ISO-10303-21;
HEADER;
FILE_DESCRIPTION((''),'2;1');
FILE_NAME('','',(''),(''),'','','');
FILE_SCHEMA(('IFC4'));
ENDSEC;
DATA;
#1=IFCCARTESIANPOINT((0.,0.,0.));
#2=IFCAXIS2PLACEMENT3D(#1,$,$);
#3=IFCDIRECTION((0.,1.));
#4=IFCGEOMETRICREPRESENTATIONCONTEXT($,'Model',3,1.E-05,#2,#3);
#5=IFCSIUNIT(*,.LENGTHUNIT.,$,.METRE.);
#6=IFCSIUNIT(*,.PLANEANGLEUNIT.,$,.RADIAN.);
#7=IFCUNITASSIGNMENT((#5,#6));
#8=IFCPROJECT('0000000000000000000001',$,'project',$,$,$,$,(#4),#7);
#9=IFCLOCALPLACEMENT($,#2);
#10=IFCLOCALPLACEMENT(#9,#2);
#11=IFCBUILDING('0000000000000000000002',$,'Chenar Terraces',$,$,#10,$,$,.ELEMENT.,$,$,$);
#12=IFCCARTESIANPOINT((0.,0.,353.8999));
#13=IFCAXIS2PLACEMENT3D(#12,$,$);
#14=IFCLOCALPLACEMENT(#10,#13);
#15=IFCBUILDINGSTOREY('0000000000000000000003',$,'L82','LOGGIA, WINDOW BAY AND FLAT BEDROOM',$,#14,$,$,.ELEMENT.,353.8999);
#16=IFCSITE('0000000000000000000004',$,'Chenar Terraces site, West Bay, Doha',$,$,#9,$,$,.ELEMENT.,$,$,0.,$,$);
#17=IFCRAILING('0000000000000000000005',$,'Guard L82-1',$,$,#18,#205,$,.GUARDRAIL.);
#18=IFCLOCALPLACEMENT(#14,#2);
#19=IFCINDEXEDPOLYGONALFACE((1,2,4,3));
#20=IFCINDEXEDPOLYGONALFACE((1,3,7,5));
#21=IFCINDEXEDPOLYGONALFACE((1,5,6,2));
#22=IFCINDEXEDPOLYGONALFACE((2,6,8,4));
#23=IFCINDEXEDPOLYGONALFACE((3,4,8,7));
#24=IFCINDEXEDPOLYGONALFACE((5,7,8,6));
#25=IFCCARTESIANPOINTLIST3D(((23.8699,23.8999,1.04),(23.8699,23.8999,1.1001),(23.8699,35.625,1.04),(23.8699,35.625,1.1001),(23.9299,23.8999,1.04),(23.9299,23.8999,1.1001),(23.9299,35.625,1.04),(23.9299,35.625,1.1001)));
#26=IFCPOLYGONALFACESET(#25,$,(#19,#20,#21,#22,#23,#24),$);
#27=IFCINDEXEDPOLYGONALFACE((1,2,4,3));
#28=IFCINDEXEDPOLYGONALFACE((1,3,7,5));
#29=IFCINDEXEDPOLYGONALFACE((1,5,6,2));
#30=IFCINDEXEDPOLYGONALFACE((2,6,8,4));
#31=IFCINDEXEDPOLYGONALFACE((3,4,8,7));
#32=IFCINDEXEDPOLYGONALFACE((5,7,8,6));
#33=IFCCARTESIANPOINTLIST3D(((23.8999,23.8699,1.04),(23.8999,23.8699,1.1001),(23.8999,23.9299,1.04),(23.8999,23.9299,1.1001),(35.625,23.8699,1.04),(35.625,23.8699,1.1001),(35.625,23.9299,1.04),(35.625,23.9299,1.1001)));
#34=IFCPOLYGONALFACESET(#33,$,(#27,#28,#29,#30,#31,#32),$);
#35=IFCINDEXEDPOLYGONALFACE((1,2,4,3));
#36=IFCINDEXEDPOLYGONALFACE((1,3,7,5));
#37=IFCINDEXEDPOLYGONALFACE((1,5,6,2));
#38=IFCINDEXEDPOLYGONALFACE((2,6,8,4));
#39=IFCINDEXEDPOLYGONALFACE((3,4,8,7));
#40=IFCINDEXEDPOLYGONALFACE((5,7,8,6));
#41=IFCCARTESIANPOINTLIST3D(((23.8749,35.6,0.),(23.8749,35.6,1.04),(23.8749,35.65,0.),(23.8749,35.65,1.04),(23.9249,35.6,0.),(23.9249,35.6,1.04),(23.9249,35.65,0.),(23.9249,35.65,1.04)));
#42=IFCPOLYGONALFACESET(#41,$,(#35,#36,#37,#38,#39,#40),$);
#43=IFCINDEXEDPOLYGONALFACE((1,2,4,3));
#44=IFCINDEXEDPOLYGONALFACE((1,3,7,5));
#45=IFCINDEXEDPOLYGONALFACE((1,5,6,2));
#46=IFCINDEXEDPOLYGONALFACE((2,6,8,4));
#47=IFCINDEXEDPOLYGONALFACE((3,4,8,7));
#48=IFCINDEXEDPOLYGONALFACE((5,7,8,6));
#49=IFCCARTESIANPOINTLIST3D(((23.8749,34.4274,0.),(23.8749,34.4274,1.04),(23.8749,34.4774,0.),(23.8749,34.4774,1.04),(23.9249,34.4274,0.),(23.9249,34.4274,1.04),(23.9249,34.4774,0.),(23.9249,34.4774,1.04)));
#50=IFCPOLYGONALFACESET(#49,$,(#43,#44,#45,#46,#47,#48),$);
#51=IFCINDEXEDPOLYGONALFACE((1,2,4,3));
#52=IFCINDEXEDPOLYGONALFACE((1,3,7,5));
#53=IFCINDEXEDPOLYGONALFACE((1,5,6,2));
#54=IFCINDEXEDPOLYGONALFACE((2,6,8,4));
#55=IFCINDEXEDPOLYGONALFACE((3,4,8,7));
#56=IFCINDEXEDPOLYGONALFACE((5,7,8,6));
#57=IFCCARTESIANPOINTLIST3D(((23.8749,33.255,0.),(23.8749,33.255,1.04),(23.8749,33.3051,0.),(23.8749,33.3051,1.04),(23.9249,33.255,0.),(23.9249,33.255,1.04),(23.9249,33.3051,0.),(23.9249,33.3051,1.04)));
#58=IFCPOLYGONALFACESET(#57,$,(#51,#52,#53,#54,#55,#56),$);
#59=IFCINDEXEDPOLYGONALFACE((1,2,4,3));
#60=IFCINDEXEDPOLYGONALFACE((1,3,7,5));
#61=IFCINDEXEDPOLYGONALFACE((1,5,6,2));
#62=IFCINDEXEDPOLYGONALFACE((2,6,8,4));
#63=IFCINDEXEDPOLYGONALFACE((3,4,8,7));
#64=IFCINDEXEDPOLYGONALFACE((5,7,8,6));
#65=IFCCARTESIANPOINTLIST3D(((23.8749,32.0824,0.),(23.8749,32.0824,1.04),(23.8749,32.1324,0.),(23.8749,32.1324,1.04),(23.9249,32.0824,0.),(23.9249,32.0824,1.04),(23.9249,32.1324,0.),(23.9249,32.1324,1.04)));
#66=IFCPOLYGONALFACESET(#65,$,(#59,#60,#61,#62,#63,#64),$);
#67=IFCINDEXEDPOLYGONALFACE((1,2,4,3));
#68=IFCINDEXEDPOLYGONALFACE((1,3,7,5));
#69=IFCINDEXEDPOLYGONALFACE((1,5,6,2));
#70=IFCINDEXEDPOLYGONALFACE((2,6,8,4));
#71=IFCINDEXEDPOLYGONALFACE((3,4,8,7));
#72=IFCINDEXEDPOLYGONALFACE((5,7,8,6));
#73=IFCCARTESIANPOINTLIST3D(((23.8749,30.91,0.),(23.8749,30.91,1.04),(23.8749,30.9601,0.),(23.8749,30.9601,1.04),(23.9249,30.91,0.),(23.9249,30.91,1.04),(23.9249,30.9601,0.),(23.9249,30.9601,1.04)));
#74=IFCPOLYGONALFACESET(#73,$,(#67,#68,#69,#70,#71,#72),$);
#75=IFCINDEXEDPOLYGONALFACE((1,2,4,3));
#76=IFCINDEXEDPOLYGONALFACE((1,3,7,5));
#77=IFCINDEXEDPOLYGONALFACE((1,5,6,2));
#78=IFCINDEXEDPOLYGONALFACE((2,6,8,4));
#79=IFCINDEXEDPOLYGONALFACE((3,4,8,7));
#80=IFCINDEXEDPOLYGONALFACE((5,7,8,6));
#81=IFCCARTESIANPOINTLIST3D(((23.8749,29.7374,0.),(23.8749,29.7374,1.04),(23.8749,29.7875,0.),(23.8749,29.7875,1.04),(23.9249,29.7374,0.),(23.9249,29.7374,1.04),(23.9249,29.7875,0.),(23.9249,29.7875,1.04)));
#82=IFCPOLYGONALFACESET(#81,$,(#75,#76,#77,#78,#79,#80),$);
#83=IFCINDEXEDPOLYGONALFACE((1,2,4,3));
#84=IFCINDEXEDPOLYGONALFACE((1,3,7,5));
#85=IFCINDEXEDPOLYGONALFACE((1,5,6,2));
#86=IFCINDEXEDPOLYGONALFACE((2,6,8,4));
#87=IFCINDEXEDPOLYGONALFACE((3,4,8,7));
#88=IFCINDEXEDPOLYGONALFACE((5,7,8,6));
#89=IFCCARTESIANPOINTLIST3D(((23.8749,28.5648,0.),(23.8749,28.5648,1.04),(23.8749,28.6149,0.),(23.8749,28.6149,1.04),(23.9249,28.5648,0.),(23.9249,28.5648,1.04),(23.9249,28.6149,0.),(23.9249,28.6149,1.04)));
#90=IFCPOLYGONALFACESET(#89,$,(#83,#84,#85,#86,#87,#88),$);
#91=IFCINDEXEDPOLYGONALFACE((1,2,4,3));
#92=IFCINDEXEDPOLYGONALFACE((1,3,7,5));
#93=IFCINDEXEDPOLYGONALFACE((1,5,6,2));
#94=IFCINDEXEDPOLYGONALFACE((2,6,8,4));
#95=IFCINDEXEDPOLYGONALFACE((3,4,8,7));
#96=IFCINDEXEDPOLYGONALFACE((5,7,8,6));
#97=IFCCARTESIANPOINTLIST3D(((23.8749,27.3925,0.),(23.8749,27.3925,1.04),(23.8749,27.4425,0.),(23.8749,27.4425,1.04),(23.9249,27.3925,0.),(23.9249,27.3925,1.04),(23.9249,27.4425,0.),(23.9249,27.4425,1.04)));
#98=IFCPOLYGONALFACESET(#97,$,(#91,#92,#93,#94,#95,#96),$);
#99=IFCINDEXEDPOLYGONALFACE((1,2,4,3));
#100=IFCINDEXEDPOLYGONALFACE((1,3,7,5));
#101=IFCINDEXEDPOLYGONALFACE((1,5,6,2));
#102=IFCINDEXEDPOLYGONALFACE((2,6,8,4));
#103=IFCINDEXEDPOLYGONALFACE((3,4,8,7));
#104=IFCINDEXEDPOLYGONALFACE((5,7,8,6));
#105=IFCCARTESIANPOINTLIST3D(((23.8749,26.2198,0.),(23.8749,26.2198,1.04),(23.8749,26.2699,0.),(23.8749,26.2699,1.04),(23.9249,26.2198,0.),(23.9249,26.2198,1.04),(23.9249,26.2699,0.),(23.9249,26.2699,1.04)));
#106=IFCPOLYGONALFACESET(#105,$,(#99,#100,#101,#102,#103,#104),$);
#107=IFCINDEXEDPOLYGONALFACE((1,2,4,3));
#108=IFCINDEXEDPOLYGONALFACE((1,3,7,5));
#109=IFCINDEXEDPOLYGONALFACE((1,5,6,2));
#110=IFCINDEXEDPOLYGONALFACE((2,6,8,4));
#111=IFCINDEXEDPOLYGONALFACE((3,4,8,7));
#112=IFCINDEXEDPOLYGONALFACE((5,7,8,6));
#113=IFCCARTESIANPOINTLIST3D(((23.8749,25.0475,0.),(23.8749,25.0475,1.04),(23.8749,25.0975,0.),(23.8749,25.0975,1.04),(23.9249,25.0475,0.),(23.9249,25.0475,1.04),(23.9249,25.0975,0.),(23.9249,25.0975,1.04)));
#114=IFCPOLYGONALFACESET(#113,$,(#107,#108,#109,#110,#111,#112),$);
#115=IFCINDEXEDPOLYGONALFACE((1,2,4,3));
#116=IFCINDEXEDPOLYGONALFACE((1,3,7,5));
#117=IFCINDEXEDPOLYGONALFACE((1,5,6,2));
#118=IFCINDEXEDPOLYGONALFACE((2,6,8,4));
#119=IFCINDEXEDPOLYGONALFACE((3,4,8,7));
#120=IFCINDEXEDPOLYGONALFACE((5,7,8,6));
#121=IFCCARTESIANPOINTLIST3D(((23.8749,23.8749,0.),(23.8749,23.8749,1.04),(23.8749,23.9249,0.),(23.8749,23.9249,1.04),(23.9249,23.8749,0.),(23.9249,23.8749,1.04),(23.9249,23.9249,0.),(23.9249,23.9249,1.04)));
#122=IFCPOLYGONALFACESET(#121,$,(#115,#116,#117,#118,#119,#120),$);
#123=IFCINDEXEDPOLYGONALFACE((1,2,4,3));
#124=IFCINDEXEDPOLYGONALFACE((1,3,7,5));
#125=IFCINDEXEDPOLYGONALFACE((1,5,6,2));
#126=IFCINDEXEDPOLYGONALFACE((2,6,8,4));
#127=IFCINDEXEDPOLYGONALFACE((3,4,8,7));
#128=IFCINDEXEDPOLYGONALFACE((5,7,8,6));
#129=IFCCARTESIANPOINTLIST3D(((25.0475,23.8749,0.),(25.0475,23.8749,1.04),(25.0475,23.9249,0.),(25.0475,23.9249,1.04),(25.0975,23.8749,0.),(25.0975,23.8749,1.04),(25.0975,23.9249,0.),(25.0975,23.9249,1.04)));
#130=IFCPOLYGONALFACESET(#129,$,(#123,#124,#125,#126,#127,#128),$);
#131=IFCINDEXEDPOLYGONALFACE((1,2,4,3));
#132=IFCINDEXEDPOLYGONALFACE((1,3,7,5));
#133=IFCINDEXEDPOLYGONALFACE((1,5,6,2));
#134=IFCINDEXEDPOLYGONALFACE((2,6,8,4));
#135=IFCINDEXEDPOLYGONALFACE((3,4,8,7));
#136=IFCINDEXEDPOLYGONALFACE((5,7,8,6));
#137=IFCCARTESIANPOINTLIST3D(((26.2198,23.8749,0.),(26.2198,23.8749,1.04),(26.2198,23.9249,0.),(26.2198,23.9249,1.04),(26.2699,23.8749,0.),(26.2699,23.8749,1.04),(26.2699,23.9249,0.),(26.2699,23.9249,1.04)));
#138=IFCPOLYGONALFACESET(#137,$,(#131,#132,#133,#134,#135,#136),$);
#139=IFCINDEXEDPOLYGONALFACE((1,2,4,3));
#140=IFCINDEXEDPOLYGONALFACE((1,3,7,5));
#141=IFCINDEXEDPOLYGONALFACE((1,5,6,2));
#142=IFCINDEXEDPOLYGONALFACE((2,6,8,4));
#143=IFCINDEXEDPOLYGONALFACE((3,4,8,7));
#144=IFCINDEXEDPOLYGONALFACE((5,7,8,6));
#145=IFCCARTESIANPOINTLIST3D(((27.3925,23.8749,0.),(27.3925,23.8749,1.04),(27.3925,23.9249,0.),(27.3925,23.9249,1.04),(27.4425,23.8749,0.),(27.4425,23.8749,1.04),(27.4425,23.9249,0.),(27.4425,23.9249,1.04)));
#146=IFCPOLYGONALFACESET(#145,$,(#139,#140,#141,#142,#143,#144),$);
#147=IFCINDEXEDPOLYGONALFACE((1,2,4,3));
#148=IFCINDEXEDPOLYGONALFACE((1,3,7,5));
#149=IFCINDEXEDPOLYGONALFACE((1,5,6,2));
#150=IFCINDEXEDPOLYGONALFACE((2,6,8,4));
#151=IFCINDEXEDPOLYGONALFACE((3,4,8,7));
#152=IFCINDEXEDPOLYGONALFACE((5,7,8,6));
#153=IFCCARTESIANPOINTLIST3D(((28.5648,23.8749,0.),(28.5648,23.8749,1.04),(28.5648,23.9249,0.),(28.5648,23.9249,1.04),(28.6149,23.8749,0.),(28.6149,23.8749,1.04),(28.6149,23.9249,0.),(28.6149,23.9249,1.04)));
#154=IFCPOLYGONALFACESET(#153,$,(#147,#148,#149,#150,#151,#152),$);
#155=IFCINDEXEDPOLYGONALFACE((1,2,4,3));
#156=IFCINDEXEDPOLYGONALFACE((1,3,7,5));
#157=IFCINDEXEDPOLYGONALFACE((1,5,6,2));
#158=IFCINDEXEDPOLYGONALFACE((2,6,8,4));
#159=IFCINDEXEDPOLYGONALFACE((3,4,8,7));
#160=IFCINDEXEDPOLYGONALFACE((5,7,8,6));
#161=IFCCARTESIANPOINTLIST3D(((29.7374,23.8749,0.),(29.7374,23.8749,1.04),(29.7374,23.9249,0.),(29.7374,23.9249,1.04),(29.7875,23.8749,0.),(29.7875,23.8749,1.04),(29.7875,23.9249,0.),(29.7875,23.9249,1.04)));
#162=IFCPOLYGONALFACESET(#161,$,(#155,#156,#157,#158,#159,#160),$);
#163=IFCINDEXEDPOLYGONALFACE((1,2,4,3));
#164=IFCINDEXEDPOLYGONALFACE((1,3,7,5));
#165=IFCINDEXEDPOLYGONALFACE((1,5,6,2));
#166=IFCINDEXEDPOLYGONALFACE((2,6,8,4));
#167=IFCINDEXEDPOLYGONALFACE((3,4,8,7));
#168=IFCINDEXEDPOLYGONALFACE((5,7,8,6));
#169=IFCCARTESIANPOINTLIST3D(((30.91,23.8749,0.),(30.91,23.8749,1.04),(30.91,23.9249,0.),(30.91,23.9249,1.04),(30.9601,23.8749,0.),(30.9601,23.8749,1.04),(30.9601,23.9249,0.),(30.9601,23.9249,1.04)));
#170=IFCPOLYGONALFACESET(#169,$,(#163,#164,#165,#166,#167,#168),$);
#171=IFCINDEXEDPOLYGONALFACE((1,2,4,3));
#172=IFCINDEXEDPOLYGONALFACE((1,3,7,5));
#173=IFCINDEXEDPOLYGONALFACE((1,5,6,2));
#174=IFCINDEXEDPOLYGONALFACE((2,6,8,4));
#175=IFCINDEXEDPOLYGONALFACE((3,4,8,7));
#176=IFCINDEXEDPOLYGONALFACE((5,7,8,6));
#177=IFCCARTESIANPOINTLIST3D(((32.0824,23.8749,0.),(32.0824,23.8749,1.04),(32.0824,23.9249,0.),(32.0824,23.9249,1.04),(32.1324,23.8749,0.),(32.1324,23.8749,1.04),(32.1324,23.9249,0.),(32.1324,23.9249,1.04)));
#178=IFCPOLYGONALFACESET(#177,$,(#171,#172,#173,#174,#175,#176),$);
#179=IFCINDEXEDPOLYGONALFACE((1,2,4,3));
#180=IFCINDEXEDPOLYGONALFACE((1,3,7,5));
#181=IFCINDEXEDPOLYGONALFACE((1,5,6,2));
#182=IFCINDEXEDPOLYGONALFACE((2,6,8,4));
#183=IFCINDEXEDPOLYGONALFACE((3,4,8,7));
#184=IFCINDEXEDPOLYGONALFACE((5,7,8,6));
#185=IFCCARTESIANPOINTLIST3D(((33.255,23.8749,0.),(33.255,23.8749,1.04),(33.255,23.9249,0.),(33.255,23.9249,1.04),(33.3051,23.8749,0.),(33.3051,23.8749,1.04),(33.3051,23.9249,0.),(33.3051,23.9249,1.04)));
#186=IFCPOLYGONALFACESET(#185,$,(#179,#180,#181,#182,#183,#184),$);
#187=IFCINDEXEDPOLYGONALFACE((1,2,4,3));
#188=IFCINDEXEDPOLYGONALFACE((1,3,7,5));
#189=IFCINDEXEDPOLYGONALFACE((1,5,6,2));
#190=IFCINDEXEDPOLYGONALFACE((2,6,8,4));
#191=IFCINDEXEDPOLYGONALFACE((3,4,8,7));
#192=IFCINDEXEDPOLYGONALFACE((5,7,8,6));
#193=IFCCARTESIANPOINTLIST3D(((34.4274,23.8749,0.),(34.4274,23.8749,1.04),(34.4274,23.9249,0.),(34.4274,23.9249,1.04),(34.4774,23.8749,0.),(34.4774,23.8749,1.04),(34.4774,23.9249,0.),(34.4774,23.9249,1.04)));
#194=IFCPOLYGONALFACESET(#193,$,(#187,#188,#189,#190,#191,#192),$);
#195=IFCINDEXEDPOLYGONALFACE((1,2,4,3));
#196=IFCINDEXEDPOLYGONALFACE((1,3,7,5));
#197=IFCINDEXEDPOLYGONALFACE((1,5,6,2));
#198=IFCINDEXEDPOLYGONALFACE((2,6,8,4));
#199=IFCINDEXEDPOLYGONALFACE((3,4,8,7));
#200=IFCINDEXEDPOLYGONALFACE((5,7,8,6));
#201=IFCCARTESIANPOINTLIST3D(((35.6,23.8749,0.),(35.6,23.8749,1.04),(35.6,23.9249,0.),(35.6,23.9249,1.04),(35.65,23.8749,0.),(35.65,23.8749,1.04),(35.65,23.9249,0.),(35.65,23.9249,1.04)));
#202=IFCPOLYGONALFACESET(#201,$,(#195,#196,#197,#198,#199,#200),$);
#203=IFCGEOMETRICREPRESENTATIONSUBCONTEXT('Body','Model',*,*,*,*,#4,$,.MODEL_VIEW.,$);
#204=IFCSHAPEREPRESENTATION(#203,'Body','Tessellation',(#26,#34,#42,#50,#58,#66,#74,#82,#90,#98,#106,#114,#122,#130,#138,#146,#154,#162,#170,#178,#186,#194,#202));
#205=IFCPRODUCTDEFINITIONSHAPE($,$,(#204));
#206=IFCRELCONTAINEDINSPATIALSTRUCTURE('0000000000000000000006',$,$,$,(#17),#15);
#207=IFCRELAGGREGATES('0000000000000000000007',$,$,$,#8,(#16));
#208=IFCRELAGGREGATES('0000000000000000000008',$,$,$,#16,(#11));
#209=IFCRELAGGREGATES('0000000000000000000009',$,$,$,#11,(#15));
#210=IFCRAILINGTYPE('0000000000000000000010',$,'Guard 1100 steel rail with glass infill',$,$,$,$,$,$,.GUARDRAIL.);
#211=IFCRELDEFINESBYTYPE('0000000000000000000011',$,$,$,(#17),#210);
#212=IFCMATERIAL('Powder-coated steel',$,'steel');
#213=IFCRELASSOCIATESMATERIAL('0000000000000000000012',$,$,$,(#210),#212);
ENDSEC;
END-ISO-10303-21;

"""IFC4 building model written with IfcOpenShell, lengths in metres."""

from ifc_helpers import new_model, si_unit, direction, frame, origin, origin_2d, place, context, subcontext, project, spatial, rectangle, extrude, material, type_object, element, save


model = new_model("IFC4")

# Units and contexts
model_context = context("Model", 3, precision=1e-05, world=origin(), true_north=direction((0.0, 1.0)))
body_context = subcontext(model_context, "Body", "Model", "MODEL_VIEW")
ifc_project = project(units=[si_unit("LENGTHUNIT", "METRE"), si_unit("PLANEANGLEUNIT", "RADIAN")], contexts=[model_context])

# Site, building, storey
site_placement = place(None, origin())
site = spatial("IfcSite", under=ifc_project, at=site_placement, Name="Chenar Terraces site, West Bay, Doha", CompositionType="ELEMENT", RefElevation=0.0)
building_placement = place(site_placement, origin())
building = spatial("IfcBuilding", under=site, at=building_placement, Name="Chenar Terraces", CompositionType="ELEMENT")
storey_placement = place(building_placement, frame((0.0, 0.0, 353.8999)))
storey = spatial("IfcBuildingStorey", under=building, at=storey_placement, Name="L82", Description="LOGGIA, WINDOW BAY AND FLAT BEDROOM", CompositionType="ELEMENT", Elevation=353.8999)

# Railing
ifc_material_1 = material(Name="Powder-coated steel", Category="steel")
railing_type = type_object("IfcRailingType", Name="Guard 1100 steel rail with glass infill", PredefinedType="GUARDRAIL", material=ifc_material_1)
railing_placement = place(storey_placement, frame((23.8999, 35.625, 0.0)))
element("IfcRailing", 1, at=railing_placement, inside=storey, type_object=railing_type, Name="Guard L82-1", PredefinedType="GUARDRAIL", context=body_context, shape_type="SweptSolid", body=[
    extrude(rectangle(XDim=0.0601, YDim=0.0601, at=origin_2d()), frame((0.0, 0.0, 1.0701), z_axis=(0.0, -1.0, 0.0), x_axis=(1.0, 0.0, 0.0)), (0.0, 0.0, 1.0), 11.7251),
    extrude(rectangle(XDim=0.0601, YDim=0.0601, at=origin_2d()), frame((0.0, -11.7251, 1.0701), z_axis=(1.0, 0.0, 0.0), x_axis=(0.0, 1.0, 0.0)), (0.0, 0.0, 1.0), 11.7251),
    extrude(rectangle(XDim=0.05, YDim=0.05, at=origin_2d()), origin(), (0.0, 0.0, 1.0), 1.04),
    extrude(rectangle(XDim=0.05, YDim=0.05, at=origin_2d()), frame((0.0, -1.1726, 0.0)), (0.0, 0.0, 1.0), 1.04),
    extrude(rectangle(XDim=0.05, YDim=0.05, at=origin_2d()), frame((0.0, -2.345, 0.0)), (0.0, 0.0, 1.0), 1.04),
    extrude(rectangle(XDim=0.05, YDim=0.05, at=origin_2d()), frame((0.0, -3.5176, 0.0)), (0.0, 0.0, 1.0), 1.04),
    extrude(rectangle(XDim=0.05, YDim=0.05, at=origin_2d()), frame((0.0, -4.6899, 0.0)), (0.0, 0.0, 1.0), 1.04),
    extrude(rectangle(XDim=0.05, YDim=0.05, at=origin_2d()), frame((0.0, -5.8625, 0.0)), (0.0, 0.0, 1.0), 1.04),
    extrude(rectangle(XDim=0.05, YDim=0.05, at=origin_2d()), frame((0.0, -7.0352, 0.0)), (0.0, 0.0, 1.0), 1.04),
    extrude(rectangle(XDim=0.05, YDim=0.05, at=origin_2d()), frame((0.0, -8.2075, 0.0)), (0.0, 0.0, 1.0), 1.04),
    extrude(rectangle(XDim=0.05, YDim=0.05, at=origin_2d()), frame((0.0, -9.3801, 0.0)), (0.0, 0.0, 1.0), 1.04),
    extrude(rectangle(XDim=0.05, YDim=0.05, at=origin_2d()), frame((0.0, -10.5525, 0.0)), (0.0, 0.0, 1.0), 1.04),
    extrude(rectangle(XDim=0.05, YDim=0.05, at=origin_2d()), frame((0.0, -11.7251, 0.0)), (0.0, 0.0, 1.0), 1.04),
    extrude(rectangle(XDim=0.05, YDim=0.05, at=origin_2d()), frame((1.1726, -11.7251, 0.0)), (0.0, 0.0, 1.0), 1.04),
    extrude(rectangle(XDim=0.05, YDim=0.05, at=origin_2d()), frame((2.345, -11.7251, 0.0)), (0.0, 0.0, 1.0), 1.04),
    extrude(rectangle(XDim=0.05, YDim=0.05, at=origin_2d()), frame((3.5176, -11.7251, 0.0)), (0.0, 0.0, 1.0), 1.04),
    extrude(rectangle(XDim=0.05, YDim=0.05, at=origin_2d()), frame((4.6899, -11.7251, 0.0)), (0.0, 0.0, 1.0), 1.04),
    extrude(rectangle(XDim=0.05, YDim=0.05, at=origin_2d()), frame((5.8625, -11.7251, 0.0)), (0.0, 0.0, 1.0), 1.04),
    extrude(rectangle(XDim=0.05, YDim=0.05, at=origin_2d()), frame((7.0352, -11.7251, 0.0)), (0.0, 0.0, 1.0), 1.04),
    extrude(rectangle(XDim=0.05, YDim=0.05, at=origin_2d()), frame((8.2075, -11.7251, 0.0)), (0.0, 0.0, 1.0), 1.04),
    extrude(rectangle(XDim=0.05, YDim=0.05, at=origin_2d()), frame((9.3801, -11.7251, 0.0)), (0.0, 0.0, 1.0), 1.04),
    extrude(rectangle(XDim=0.05, YDim=0.05, at=origin_2d()), frame((10.5525, -11.7251, 0.0)), (0.0, 0.0, 1.0), 1.04),
    extrude(rectangle(XDim=0.05, YDim=0.05, at=origin_2d()), frame((11.7251, -11.7251, 0.0)), (0.0, 0.0, 1.0), 1.04),
])

save(model, "model.ifc")
